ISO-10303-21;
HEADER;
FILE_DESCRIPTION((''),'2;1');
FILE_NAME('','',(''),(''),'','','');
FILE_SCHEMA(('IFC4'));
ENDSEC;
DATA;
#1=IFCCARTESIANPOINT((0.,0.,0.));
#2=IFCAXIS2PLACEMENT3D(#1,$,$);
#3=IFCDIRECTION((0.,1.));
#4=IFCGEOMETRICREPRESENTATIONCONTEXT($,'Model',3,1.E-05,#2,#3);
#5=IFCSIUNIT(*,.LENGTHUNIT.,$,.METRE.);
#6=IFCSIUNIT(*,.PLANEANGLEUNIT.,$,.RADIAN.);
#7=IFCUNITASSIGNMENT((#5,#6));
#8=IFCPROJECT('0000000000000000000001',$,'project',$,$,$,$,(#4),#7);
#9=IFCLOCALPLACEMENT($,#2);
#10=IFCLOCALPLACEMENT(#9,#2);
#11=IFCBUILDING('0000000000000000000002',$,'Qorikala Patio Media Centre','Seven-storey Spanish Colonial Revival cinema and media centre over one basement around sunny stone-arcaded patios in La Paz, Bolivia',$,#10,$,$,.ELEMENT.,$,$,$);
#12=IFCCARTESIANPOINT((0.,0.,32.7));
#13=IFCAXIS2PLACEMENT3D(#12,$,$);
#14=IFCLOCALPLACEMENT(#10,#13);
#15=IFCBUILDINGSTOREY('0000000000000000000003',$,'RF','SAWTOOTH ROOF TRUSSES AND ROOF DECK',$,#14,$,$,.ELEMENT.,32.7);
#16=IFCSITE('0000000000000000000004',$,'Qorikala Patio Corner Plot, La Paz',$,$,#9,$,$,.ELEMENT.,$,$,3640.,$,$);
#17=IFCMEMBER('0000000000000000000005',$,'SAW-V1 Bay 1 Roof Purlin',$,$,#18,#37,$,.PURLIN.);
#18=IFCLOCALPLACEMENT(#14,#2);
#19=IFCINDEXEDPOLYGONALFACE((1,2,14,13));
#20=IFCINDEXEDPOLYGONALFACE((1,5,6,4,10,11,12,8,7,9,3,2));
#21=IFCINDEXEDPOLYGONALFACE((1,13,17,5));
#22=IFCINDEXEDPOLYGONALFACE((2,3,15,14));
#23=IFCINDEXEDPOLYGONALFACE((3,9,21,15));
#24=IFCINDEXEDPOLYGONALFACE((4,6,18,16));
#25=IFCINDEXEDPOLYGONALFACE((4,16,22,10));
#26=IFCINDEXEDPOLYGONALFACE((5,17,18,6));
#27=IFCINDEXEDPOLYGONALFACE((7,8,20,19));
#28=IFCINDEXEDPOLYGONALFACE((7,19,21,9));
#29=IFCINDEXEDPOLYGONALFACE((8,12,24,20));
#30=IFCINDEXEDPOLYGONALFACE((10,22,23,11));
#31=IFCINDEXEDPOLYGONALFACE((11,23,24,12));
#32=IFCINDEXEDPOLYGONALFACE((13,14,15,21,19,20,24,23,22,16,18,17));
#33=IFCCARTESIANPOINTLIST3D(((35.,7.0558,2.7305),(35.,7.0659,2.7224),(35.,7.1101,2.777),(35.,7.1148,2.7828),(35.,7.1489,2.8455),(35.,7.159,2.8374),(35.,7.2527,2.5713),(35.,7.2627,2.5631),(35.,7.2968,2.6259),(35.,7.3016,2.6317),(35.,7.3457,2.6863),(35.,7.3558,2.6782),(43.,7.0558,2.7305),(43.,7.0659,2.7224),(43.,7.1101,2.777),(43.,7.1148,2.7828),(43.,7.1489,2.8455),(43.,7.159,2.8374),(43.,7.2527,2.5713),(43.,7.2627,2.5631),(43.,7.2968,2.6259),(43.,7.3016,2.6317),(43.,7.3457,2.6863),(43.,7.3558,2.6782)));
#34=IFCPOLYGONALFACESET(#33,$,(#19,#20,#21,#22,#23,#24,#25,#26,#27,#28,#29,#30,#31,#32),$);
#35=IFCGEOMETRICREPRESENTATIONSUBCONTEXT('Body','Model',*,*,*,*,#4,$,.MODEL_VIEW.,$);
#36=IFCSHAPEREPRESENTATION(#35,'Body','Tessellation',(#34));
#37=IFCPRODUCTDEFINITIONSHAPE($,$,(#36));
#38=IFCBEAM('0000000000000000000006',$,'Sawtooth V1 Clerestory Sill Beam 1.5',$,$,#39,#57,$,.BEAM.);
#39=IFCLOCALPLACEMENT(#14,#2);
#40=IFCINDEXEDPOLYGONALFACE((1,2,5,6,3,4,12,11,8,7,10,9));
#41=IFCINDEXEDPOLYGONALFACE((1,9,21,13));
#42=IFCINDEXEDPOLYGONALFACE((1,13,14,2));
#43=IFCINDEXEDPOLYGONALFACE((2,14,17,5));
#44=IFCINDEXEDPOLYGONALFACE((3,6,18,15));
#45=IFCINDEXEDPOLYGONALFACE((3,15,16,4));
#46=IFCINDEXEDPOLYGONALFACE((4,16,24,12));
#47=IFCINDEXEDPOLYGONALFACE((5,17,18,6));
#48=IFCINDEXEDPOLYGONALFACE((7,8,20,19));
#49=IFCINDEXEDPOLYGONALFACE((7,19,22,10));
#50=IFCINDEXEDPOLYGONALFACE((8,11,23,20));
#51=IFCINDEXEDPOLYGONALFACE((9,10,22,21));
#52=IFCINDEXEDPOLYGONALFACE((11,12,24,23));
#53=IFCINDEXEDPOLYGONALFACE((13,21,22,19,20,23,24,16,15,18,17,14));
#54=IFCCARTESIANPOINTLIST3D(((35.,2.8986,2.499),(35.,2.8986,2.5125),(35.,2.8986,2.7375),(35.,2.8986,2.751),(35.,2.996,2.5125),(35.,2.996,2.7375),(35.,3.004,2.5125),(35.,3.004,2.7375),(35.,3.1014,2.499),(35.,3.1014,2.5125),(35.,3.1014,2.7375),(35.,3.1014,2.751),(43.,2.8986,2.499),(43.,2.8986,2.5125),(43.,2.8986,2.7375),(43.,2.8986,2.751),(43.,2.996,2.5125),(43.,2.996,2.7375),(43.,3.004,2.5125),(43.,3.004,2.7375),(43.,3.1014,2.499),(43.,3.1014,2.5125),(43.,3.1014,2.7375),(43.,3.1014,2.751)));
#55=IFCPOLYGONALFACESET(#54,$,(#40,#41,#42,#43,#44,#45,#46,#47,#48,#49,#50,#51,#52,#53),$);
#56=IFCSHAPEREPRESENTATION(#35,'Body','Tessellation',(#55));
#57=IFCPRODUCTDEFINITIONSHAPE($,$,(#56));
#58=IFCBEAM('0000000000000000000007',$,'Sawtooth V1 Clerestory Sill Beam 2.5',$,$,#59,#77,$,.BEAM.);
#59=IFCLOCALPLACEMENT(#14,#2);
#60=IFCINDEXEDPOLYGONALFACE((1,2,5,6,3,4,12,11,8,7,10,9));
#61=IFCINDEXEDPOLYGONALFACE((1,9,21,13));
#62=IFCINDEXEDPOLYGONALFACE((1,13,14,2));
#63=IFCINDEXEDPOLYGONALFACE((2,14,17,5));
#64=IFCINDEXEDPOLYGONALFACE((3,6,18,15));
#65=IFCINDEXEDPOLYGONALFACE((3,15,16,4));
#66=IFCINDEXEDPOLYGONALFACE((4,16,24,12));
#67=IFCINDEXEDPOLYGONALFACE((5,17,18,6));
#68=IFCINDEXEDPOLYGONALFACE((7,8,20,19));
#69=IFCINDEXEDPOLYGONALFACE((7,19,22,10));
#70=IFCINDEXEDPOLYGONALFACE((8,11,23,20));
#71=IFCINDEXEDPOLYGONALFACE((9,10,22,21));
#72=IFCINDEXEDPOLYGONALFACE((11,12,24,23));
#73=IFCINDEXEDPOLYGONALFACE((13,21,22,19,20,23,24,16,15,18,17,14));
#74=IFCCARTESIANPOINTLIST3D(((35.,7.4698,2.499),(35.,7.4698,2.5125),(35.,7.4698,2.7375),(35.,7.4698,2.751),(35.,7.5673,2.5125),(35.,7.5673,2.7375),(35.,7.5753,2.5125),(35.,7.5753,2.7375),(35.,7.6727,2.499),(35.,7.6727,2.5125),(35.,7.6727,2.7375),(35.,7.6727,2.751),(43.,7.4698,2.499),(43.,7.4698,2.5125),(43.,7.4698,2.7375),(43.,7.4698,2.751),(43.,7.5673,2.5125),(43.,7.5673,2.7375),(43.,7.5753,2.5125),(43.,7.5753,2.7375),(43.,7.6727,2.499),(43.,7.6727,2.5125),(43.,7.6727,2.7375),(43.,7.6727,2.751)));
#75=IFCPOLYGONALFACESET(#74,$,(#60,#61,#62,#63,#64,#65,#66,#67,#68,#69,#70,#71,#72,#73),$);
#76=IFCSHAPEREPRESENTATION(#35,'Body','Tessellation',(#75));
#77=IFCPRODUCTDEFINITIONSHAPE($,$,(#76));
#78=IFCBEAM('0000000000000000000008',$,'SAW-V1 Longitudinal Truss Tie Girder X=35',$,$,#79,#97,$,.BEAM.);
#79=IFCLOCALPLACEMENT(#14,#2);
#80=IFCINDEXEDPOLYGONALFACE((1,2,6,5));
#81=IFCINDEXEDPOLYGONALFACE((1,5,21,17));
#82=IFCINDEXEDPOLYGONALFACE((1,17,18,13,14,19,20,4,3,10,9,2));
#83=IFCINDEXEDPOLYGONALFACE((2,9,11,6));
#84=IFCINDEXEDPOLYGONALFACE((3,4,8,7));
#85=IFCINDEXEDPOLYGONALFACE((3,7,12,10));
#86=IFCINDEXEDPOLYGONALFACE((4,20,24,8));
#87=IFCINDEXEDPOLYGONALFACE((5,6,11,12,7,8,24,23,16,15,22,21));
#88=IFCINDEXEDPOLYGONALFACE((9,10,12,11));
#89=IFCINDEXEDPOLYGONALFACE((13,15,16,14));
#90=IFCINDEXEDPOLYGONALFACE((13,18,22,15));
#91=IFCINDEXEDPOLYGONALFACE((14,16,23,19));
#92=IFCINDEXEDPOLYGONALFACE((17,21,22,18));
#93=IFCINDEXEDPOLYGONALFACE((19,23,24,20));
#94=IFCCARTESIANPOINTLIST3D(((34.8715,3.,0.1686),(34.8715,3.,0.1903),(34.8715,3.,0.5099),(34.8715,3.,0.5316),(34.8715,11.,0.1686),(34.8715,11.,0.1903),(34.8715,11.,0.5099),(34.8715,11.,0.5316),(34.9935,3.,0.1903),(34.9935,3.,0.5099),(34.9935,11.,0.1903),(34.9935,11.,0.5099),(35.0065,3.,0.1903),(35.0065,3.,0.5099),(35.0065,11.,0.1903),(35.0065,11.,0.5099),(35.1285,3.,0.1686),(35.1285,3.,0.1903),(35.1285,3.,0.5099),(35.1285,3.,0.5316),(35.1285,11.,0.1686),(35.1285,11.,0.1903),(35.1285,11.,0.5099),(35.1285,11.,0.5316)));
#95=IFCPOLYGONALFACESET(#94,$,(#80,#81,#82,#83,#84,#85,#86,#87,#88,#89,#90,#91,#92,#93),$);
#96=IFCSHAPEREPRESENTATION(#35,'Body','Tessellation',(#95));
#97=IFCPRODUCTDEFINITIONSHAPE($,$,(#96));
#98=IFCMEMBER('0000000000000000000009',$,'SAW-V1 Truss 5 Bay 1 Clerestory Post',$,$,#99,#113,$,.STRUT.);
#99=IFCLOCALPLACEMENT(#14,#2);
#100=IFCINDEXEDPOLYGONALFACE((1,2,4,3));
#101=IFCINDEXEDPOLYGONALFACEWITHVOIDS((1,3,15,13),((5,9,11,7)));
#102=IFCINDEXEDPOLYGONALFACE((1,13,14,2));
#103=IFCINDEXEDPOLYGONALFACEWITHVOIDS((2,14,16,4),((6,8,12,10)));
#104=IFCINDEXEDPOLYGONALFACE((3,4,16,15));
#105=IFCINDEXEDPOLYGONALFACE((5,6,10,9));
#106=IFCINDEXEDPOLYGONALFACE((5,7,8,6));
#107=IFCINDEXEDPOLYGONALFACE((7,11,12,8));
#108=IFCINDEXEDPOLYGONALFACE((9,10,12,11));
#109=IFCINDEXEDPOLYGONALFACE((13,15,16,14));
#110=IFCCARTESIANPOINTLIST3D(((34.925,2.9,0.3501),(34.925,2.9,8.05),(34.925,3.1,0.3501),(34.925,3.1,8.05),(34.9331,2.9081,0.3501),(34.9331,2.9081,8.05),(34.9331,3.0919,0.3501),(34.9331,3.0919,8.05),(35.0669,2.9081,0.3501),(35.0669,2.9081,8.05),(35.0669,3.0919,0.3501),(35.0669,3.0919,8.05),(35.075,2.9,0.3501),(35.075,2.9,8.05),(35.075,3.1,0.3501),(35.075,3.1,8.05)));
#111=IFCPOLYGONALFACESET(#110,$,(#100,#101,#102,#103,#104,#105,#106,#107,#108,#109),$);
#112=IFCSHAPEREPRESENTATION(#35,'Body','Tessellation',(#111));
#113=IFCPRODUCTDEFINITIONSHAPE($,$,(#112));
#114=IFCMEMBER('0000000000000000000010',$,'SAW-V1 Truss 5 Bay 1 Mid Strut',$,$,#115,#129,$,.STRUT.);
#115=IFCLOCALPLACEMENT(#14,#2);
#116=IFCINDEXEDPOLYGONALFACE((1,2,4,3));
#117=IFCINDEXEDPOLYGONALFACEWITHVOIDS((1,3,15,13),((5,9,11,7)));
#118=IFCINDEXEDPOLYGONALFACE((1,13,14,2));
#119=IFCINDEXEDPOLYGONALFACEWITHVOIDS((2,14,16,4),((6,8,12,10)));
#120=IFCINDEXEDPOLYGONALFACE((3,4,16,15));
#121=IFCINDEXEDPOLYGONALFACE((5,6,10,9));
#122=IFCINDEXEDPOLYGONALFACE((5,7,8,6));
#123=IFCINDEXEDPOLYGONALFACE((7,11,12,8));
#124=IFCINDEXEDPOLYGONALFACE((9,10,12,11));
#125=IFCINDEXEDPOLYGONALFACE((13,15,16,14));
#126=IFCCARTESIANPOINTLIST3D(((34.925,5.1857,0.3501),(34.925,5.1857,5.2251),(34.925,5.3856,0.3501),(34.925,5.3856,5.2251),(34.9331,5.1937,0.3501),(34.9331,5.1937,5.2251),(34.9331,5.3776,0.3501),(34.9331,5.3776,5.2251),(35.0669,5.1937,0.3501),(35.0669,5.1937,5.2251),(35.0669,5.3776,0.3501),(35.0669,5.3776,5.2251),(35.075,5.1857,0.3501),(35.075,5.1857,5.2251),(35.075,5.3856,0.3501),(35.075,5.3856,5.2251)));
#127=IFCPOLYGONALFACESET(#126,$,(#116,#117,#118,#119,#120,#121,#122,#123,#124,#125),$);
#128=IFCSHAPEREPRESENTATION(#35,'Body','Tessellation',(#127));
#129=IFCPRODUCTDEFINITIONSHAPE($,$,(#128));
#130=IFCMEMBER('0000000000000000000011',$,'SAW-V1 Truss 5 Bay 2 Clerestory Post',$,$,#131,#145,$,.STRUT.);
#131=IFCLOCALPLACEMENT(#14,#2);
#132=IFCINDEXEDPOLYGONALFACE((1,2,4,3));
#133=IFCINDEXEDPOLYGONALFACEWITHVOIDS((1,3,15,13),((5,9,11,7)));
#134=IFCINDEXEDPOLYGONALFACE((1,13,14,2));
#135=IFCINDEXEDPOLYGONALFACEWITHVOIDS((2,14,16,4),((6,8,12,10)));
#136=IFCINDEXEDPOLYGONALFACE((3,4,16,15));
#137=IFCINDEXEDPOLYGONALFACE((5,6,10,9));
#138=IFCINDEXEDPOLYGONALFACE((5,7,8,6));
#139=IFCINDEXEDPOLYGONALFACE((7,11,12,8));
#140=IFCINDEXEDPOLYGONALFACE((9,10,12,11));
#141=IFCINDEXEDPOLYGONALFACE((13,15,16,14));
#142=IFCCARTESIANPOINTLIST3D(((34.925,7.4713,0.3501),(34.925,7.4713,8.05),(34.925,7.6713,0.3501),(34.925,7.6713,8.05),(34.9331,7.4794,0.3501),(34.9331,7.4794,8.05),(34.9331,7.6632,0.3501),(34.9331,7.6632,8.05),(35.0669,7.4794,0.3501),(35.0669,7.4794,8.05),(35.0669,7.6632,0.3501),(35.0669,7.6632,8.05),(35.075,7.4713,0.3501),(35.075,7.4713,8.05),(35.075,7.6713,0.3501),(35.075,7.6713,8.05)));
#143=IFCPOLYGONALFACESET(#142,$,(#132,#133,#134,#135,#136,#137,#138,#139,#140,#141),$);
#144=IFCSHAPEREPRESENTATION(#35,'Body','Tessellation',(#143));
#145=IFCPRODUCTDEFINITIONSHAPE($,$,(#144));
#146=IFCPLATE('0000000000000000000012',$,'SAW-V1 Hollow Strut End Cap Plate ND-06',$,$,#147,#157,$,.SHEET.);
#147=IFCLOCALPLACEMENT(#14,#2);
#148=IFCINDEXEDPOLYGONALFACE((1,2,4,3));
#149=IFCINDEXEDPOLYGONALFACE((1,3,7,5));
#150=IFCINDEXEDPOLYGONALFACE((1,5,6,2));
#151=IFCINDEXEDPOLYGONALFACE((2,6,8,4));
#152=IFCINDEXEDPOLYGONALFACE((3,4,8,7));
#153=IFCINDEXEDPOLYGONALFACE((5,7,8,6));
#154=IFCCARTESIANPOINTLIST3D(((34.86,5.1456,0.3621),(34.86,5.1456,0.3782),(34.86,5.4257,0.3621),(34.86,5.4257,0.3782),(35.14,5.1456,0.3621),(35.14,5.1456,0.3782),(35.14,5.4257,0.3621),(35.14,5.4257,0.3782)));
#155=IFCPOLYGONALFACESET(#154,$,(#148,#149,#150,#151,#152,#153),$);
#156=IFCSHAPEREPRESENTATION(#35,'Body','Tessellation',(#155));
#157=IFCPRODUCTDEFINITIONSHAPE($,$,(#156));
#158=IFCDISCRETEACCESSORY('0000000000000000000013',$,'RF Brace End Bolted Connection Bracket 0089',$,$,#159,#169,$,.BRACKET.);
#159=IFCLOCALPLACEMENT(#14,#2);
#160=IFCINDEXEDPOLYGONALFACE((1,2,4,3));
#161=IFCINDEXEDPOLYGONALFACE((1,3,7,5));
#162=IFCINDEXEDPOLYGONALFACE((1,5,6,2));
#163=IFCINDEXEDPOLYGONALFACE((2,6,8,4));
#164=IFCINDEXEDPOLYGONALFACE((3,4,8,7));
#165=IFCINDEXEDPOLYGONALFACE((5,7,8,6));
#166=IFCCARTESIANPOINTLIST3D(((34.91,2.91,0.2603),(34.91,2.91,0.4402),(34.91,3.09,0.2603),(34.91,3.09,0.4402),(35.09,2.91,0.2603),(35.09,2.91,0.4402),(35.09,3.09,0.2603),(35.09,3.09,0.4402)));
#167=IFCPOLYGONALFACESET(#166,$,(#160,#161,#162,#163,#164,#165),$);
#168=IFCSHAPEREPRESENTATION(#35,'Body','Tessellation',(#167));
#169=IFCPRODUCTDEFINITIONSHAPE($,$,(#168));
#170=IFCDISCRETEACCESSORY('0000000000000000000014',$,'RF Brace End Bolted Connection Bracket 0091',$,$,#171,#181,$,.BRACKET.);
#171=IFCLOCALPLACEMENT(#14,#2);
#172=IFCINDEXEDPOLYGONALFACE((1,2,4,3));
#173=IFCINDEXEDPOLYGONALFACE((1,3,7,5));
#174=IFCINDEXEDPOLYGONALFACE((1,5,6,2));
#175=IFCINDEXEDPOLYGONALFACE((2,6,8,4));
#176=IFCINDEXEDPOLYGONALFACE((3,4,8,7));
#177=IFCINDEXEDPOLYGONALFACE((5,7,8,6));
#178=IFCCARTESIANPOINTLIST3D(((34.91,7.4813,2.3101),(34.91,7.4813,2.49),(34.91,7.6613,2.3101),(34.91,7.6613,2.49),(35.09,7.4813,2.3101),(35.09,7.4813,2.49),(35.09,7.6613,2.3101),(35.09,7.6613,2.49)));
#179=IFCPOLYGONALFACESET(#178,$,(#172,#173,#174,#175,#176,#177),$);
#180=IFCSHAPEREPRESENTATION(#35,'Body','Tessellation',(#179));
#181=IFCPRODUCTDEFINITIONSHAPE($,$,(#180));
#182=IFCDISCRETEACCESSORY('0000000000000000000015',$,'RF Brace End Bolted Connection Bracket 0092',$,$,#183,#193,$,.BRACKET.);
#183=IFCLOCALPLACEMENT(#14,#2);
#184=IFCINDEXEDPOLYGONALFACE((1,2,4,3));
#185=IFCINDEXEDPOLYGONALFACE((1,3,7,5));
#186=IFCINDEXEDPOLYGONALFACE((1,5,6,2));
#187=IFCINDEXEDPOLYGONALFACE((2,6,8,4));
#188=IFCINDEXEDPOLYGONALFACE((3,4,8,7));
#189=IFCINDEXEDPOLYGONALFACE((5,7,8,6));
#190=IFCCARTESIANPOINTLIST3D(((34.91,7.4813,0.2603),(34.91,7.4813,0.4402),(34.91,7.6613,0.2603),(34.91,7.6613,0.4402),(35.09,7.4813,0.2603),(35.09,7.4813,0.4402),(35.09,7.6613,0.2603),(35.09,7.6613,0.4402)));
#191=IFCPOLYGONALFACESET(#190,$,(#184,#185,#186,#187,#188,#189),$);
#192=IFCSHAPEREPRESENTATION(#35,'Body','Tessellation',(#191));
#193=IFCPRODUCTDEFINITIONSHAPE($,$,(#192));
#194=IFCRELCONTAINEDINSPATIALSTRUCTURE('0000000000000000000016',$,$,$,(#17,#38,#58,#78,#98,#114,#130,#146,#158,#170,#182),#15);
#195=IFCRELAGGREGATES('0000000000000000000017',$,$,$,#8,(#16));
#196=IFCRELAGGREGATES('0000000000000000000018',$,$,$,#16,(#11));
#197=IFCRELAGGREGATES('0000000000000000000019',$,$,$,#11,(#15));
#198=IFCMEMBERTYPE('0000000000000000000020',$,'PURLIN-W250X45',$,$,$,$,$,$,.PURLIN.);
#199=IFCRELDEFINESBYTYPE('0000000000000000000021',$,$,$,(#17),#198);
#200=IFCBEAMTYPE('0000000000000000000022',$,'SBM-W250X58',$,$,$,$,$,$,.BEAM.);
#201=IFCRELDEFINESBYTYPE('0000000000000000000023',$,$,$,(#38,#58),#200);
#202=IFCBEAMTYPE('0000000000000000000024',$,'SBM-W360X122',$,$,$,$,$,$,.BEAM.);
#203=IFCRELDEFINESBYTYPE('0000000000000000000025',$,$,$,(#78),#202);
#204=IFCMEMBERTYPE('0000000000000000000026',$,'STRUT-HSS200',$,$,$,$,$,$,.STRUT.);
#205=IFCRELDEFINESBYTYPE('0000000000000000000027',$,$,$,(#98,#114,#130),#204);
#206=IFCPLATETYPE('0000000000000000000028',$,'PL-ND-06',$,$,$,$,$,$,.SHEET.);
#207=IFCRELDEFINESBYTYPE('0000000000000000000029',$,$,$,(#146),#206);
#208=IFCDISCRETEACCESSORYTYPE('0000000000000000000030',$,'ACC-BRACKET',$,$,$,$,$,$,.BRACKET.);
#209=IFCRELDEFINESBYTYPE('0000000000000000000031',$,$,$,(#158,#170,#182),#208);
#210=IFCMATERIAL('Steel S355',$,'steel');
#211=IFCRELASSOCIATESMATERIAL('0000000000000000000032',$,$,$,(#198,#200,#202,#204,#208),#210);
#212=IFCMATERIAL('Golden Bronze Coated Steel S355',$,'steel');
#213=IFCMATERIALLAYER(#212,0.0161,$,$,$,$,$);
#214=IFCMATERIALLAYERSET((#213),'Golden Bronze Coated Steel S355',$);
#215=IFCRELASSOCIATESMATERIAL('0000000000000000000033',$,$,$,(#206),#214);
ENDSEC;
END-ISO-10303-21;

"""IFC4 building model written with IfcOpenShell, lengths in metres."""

from ifc_helpers import new_model, si_unit, direction, frame, origin, origin_2d, place, context, subcontext, project, spatial, rectangle, hollow_rectangle, i_section, extrude, material, layer, layer_set, material_profile, profile_set, type_object, element, save


model = new_model("IFC4")

# Units and contexts
model_context = context("Model", 3, precision=1e-05, world=origin(), true_north=direction((0.0, 1.0)))
body_context = subcontext(model_context, "Body", "Model", "MODEL_VIEW")
ifc_project = project(units=[si_unit("LENGTHUNIT", "METRE"), si_unit("PLANEANGLEUNIT", "RADIAN")], contexts=[model_context])

# Site, building, storey
site_placement = place(None, origin())
site = spatial("IfcSite", under=ifc_project, at=site_placement, Name="Qorikala Patio Corner Plot, La Paz", CompositionType="ELEMENT", RefElevation=3640.0)
building_placement = place(site_placement, origin())
building = spatial("IfcBuilding", under=site, at=building_placement, Name="Qorikala Patio Media Centre", Description="Seven-storey Spanish Colonial Revival cinema and media centre over one basement around sunny stone-arcaded patios in La Paz, Bolivia", CompositionType="ELEMENT")
storey_placement = place(building_placement, frame((0.0, 0.0, 32.7)))
storey = spatial("IfcBuildingStorey", under=building, at=storey_placement, Name="RF", Description="SAWTOOTH ROOF TRUSSES AND ROOF DECK", CompositionType="ELEMENT", Elevation=32.7)

# Shared definitions
ifc_material_1 = material(Name="Steel S355", Category="steel")

# Member
ifc_material_profile_1 = material_profile(ifc_material_1, i_section(OverallWidth=0.1479, OverallDepth=0.2661, WebThickness=0.0076, FlangeThickness=0.0129, at=origin_2d()), Name="W250X45")
ifc_profile_set_1 = profile_set([ifc_material_profile_1], Name="Steel S355")
member_type_1 = type_object("IfcMemberType", Name="PURLIN-W250X45", PredefinedType="PURLIN", material=ifc_profile_set_1)
member_1_placement = place(storey_placement, frame((35.0, 7.2058, 2.7043), z_axis=(1.0, 0.0, 0.0), x_axis=(0.0, 0.628995, 0.77741)))
element("IfcMember", 1, at=member_1_placement, inside=storey, type_object=member_type_1, Name="SAW-V1 Bay 1 Roof Purlin", PredefinedType="PURLIN", context=body_context, shape_type="SweptSolid", body=[
    extrude(i_section(OverallWidth=0.1479, OverallDepth=0.2661, WebThickness=0.0076, FlangeThickness=0.0129, at=origin_2d()), origin(), (0.0, 0.0, 1.0), 8.0),
])

# Beams
ifc_material_profile_2 = material_profile(ifc_material_1, i_section(OverallWidth=0.2029, OverallDepth=0.252, WebThickness=0.0081, FlangeThickness=0.0134, at=origin_2d()), Name="W250X58")
ifc_profile_set_2 = profile_set([ifc_material_profile_2], Name="Steel S355")
beam_type_1 = type_object("IfcBeamType", Name="SBM-W250X58", PredefinedType="BEAM", material=ifc_profile_set_2)
for number, where, z_axis, x_axis, name in (
    (2, (35.0, 3.0, 2.625), (1.0, 0.0, 0.0), (0.0, 1.0, 0.0), "Sawtooth V1 Clerestory Sill Beam 1.5"),
    (3, (35.0, 7.5713, 2.625), (1.0, 0.0, 0.0), (0.0, 1.0, 0.0), "Sawtooth V1 Clerestory Sill Beam 2.5"),
):
    element("IfcBeam", number, at=place(storey_placement, frame(where, z_axis=z_axis, x_axis=x_axis)), inside=storey, type_object=beam_type_1, Name=name, PredefinedType="BEAM", context=body_context, shape_type="SweptSolid", body=[
        extrude(i_section(OverallWidth=0.2029, OverallDepth=0.252, WebThickness=0.0081, FlangeThickness=0.0134, at=origin_2d()), origin(), (0.0, 0.0, 1.0), 8.0),
    ])
ifc_material_profile_3 = material_profile(ifc_material_1, i_section(OverallWidth=0.2571, OverallDepth=0.363, WebThickness=0.0129, FlangeThickness=0.0217, at=origin_2d()), Name="W360X122")
ifc_profile_set_3 = profile_set([ifc_material_profile_3], Name="Steel S355")
beam_type_2 = type_object("IfcBeamType", Name="SBM-W360X122", PredefinedType="BEAM", material=ifc_profile_set_3)
beam_placement = place(storey_placement, frame((35.0, 3.0, 0.3501), z_axis=(0.0, 1.0, 0.0), x_axis=(-1.0, 0.0, 0.0)))
element("IfcBeam", 4, at=beam_placement, inside=storey, type_object=beam_type_2, Name="SAW-V1 Longitudinal Truss Tie Girder X=35", PredefinedType="BEAM", context=body_context, shape_type="SweptSolid", body=[
    extrude(i_section(OverallWidth=0.2571, OverallDepth=0.363, WebThickness=0.0129, FlangeThickness=0.0217, at=origin_2d()), origin(), (0.0, 0.0, 1.0), 8.0),
])

# Members
ifc_material_profile_4 = material_profile(ifc_material_1, hollow_rectangle(XDim=0.1499, YDim=0.2, WallThickness=0.0081, at=origin_2d()), Name="HSS200X150X8")
ifc_profile_set_4 = profile_set([ifc_material_profile_4], Name="Steel S355")
member_type_2 = type_object("IfcMemberType", Name="STRUT-HSS200", PredefinedType="STRUT", material=ifc_profile_set_4)
member_2_placement = place(storey_placement, frame((35.0, 3.0, 0.3501), z_axis=(0.0, 0.0, 1.0), x_axis=(1.0, 0.0, 0.0)))
element("IfcMember", 5, at=member_2_placement, inside=storey, type_object=member_type_2, Name="SAW-V1 Truss 5 Bay 1 Clerestory Post", PredefinedType="STRUT", context=body_context, shape_type="SweptSolid", body=[
    extrude(hollow_rectangle(XDim=0.1499, YDim=0.2, WallThickness=0.0081, at=origin_2d()), origin(), (0.0, 0.0, 1.0), 7.7),
])
member_3_placement = place(storey_placement, frame((35.0, 5.2856, 0.3501), z_axis=(0.0, 0.0, 1.0), x_axis=(1.0, 0.0, 0.0)))
element("IfcMember", 6, at=member_3_placement, inside=storey, type_object=member_type_2, Name="SAW-V1 Truss 5 Bay 1 Mid Strut", PredefinedType="STRUT", context=body_context, shape_type="SweptSolid", body=[
    extrude(hollow_rectangle(XDim=0.1499, YDim=0.2, WallThickness=0.0081, at=origin_2d()), origin(), (0.0, 0.0, 1.0), 4.875),
])
member_4_placement = place(storey_placement, frame((35.0, 7.5713, 0.3501), z_axis=(0.0, 0.0, 1.0), x_axis=(1.0, 0.0, 0.0)))
element("IfcMember", 7, at=member_4_placement, inside=storey, type_object=member_type_2, Name="SAW-V1 Truss 5 Bay 2 Clerestory Post", PredefinedType="STRUT", context=body_context, shape_type="SweptSolid", body=[
    extrude(hollow_rectangle(XDim=0.1499, YDim=0.2, WallThickness=0.0081, at=origin_2d()), origin(), (0.0, 0.0, 1.0), 7.7),
])

# Plate
ifc_material_2 = material(Name="Golden Bronze Coated Steel S355", Category="steel")
ifc_layer_1 = layer(ifc_material_2, 0.0161)
ifc_layer_set_1 = layer_set([ifc_layer_1], Name="Golden Bronze Coated Steel S355")
plate_type = type_object("IfcPlateType", Name="PL-ND-06", PredefinedType="SHEET", material=ifc_layer_set_1)
plate_placement = place(storey_placement, frame((35.0, 5.2856, 0.3621), z_axis=(0.0, 0.0, 1.0), x_axis=(1.0, 0.0, 0.0)))
element("IfcPlate", 8, at=plate_placement, inside=storey, type_object=plate_type, Name="SAW-V1 Hollow Strut End Cap Plate ND-06", PredefinedType="SHEET", context=body_context, shape_type="SweptSolid", body=[
    extrude(rectangle(XDim=0.28, YDim=0.28, at=origin_2d()), origin(), (0.0, 0.0, 1.0), 0.0161),
])

# Discrete accessories
discrete_accessory_type = type_object("IfcDiscreteAccessoryType", Name="ACC-BRACKET", PredefinedType="BRACKET", material=ifc_material_1)
for number, where, z_axis, x_axis, name in (
    (9, (35.0, 3.0, 0.2603), (0.0, 0.0, 1.0), (1.0, 0.0, 0.0), "RF Brace End Bolted Connection Bracket 0089"),
    (10, (35.0, 7.5713, 2.3101), (0.0, 0.0, 1.0), (1.0, 0.0, 0.0), "RF Brace End Bolted Connection Bracket 0091"),
    (11, (35.0, 7.5713, 0.2603), (0.0, 0.0, 1.0), (1.0, 0.0, 0.0), "RF Brace End Bolted Connection Bracket 0092"),
):
    element("IfcDiscreteAccessory", number, at=place(storey_placement, frame(where, z_axis=z_axis, x_axis=x_axis)), inside=storey, type_object=discrete_accessory_type, Name=name, PredefinedType="BRACKET", context=body_context, shape_type="SweptSolid", body=[
        extrude(rectangle(XDim=0.1799, YDim=0.1799, at=origin_2d()), origin(), (0.0, 0.0, 1.0), 0.1799),
    ])

save(model, "model.ifc")
